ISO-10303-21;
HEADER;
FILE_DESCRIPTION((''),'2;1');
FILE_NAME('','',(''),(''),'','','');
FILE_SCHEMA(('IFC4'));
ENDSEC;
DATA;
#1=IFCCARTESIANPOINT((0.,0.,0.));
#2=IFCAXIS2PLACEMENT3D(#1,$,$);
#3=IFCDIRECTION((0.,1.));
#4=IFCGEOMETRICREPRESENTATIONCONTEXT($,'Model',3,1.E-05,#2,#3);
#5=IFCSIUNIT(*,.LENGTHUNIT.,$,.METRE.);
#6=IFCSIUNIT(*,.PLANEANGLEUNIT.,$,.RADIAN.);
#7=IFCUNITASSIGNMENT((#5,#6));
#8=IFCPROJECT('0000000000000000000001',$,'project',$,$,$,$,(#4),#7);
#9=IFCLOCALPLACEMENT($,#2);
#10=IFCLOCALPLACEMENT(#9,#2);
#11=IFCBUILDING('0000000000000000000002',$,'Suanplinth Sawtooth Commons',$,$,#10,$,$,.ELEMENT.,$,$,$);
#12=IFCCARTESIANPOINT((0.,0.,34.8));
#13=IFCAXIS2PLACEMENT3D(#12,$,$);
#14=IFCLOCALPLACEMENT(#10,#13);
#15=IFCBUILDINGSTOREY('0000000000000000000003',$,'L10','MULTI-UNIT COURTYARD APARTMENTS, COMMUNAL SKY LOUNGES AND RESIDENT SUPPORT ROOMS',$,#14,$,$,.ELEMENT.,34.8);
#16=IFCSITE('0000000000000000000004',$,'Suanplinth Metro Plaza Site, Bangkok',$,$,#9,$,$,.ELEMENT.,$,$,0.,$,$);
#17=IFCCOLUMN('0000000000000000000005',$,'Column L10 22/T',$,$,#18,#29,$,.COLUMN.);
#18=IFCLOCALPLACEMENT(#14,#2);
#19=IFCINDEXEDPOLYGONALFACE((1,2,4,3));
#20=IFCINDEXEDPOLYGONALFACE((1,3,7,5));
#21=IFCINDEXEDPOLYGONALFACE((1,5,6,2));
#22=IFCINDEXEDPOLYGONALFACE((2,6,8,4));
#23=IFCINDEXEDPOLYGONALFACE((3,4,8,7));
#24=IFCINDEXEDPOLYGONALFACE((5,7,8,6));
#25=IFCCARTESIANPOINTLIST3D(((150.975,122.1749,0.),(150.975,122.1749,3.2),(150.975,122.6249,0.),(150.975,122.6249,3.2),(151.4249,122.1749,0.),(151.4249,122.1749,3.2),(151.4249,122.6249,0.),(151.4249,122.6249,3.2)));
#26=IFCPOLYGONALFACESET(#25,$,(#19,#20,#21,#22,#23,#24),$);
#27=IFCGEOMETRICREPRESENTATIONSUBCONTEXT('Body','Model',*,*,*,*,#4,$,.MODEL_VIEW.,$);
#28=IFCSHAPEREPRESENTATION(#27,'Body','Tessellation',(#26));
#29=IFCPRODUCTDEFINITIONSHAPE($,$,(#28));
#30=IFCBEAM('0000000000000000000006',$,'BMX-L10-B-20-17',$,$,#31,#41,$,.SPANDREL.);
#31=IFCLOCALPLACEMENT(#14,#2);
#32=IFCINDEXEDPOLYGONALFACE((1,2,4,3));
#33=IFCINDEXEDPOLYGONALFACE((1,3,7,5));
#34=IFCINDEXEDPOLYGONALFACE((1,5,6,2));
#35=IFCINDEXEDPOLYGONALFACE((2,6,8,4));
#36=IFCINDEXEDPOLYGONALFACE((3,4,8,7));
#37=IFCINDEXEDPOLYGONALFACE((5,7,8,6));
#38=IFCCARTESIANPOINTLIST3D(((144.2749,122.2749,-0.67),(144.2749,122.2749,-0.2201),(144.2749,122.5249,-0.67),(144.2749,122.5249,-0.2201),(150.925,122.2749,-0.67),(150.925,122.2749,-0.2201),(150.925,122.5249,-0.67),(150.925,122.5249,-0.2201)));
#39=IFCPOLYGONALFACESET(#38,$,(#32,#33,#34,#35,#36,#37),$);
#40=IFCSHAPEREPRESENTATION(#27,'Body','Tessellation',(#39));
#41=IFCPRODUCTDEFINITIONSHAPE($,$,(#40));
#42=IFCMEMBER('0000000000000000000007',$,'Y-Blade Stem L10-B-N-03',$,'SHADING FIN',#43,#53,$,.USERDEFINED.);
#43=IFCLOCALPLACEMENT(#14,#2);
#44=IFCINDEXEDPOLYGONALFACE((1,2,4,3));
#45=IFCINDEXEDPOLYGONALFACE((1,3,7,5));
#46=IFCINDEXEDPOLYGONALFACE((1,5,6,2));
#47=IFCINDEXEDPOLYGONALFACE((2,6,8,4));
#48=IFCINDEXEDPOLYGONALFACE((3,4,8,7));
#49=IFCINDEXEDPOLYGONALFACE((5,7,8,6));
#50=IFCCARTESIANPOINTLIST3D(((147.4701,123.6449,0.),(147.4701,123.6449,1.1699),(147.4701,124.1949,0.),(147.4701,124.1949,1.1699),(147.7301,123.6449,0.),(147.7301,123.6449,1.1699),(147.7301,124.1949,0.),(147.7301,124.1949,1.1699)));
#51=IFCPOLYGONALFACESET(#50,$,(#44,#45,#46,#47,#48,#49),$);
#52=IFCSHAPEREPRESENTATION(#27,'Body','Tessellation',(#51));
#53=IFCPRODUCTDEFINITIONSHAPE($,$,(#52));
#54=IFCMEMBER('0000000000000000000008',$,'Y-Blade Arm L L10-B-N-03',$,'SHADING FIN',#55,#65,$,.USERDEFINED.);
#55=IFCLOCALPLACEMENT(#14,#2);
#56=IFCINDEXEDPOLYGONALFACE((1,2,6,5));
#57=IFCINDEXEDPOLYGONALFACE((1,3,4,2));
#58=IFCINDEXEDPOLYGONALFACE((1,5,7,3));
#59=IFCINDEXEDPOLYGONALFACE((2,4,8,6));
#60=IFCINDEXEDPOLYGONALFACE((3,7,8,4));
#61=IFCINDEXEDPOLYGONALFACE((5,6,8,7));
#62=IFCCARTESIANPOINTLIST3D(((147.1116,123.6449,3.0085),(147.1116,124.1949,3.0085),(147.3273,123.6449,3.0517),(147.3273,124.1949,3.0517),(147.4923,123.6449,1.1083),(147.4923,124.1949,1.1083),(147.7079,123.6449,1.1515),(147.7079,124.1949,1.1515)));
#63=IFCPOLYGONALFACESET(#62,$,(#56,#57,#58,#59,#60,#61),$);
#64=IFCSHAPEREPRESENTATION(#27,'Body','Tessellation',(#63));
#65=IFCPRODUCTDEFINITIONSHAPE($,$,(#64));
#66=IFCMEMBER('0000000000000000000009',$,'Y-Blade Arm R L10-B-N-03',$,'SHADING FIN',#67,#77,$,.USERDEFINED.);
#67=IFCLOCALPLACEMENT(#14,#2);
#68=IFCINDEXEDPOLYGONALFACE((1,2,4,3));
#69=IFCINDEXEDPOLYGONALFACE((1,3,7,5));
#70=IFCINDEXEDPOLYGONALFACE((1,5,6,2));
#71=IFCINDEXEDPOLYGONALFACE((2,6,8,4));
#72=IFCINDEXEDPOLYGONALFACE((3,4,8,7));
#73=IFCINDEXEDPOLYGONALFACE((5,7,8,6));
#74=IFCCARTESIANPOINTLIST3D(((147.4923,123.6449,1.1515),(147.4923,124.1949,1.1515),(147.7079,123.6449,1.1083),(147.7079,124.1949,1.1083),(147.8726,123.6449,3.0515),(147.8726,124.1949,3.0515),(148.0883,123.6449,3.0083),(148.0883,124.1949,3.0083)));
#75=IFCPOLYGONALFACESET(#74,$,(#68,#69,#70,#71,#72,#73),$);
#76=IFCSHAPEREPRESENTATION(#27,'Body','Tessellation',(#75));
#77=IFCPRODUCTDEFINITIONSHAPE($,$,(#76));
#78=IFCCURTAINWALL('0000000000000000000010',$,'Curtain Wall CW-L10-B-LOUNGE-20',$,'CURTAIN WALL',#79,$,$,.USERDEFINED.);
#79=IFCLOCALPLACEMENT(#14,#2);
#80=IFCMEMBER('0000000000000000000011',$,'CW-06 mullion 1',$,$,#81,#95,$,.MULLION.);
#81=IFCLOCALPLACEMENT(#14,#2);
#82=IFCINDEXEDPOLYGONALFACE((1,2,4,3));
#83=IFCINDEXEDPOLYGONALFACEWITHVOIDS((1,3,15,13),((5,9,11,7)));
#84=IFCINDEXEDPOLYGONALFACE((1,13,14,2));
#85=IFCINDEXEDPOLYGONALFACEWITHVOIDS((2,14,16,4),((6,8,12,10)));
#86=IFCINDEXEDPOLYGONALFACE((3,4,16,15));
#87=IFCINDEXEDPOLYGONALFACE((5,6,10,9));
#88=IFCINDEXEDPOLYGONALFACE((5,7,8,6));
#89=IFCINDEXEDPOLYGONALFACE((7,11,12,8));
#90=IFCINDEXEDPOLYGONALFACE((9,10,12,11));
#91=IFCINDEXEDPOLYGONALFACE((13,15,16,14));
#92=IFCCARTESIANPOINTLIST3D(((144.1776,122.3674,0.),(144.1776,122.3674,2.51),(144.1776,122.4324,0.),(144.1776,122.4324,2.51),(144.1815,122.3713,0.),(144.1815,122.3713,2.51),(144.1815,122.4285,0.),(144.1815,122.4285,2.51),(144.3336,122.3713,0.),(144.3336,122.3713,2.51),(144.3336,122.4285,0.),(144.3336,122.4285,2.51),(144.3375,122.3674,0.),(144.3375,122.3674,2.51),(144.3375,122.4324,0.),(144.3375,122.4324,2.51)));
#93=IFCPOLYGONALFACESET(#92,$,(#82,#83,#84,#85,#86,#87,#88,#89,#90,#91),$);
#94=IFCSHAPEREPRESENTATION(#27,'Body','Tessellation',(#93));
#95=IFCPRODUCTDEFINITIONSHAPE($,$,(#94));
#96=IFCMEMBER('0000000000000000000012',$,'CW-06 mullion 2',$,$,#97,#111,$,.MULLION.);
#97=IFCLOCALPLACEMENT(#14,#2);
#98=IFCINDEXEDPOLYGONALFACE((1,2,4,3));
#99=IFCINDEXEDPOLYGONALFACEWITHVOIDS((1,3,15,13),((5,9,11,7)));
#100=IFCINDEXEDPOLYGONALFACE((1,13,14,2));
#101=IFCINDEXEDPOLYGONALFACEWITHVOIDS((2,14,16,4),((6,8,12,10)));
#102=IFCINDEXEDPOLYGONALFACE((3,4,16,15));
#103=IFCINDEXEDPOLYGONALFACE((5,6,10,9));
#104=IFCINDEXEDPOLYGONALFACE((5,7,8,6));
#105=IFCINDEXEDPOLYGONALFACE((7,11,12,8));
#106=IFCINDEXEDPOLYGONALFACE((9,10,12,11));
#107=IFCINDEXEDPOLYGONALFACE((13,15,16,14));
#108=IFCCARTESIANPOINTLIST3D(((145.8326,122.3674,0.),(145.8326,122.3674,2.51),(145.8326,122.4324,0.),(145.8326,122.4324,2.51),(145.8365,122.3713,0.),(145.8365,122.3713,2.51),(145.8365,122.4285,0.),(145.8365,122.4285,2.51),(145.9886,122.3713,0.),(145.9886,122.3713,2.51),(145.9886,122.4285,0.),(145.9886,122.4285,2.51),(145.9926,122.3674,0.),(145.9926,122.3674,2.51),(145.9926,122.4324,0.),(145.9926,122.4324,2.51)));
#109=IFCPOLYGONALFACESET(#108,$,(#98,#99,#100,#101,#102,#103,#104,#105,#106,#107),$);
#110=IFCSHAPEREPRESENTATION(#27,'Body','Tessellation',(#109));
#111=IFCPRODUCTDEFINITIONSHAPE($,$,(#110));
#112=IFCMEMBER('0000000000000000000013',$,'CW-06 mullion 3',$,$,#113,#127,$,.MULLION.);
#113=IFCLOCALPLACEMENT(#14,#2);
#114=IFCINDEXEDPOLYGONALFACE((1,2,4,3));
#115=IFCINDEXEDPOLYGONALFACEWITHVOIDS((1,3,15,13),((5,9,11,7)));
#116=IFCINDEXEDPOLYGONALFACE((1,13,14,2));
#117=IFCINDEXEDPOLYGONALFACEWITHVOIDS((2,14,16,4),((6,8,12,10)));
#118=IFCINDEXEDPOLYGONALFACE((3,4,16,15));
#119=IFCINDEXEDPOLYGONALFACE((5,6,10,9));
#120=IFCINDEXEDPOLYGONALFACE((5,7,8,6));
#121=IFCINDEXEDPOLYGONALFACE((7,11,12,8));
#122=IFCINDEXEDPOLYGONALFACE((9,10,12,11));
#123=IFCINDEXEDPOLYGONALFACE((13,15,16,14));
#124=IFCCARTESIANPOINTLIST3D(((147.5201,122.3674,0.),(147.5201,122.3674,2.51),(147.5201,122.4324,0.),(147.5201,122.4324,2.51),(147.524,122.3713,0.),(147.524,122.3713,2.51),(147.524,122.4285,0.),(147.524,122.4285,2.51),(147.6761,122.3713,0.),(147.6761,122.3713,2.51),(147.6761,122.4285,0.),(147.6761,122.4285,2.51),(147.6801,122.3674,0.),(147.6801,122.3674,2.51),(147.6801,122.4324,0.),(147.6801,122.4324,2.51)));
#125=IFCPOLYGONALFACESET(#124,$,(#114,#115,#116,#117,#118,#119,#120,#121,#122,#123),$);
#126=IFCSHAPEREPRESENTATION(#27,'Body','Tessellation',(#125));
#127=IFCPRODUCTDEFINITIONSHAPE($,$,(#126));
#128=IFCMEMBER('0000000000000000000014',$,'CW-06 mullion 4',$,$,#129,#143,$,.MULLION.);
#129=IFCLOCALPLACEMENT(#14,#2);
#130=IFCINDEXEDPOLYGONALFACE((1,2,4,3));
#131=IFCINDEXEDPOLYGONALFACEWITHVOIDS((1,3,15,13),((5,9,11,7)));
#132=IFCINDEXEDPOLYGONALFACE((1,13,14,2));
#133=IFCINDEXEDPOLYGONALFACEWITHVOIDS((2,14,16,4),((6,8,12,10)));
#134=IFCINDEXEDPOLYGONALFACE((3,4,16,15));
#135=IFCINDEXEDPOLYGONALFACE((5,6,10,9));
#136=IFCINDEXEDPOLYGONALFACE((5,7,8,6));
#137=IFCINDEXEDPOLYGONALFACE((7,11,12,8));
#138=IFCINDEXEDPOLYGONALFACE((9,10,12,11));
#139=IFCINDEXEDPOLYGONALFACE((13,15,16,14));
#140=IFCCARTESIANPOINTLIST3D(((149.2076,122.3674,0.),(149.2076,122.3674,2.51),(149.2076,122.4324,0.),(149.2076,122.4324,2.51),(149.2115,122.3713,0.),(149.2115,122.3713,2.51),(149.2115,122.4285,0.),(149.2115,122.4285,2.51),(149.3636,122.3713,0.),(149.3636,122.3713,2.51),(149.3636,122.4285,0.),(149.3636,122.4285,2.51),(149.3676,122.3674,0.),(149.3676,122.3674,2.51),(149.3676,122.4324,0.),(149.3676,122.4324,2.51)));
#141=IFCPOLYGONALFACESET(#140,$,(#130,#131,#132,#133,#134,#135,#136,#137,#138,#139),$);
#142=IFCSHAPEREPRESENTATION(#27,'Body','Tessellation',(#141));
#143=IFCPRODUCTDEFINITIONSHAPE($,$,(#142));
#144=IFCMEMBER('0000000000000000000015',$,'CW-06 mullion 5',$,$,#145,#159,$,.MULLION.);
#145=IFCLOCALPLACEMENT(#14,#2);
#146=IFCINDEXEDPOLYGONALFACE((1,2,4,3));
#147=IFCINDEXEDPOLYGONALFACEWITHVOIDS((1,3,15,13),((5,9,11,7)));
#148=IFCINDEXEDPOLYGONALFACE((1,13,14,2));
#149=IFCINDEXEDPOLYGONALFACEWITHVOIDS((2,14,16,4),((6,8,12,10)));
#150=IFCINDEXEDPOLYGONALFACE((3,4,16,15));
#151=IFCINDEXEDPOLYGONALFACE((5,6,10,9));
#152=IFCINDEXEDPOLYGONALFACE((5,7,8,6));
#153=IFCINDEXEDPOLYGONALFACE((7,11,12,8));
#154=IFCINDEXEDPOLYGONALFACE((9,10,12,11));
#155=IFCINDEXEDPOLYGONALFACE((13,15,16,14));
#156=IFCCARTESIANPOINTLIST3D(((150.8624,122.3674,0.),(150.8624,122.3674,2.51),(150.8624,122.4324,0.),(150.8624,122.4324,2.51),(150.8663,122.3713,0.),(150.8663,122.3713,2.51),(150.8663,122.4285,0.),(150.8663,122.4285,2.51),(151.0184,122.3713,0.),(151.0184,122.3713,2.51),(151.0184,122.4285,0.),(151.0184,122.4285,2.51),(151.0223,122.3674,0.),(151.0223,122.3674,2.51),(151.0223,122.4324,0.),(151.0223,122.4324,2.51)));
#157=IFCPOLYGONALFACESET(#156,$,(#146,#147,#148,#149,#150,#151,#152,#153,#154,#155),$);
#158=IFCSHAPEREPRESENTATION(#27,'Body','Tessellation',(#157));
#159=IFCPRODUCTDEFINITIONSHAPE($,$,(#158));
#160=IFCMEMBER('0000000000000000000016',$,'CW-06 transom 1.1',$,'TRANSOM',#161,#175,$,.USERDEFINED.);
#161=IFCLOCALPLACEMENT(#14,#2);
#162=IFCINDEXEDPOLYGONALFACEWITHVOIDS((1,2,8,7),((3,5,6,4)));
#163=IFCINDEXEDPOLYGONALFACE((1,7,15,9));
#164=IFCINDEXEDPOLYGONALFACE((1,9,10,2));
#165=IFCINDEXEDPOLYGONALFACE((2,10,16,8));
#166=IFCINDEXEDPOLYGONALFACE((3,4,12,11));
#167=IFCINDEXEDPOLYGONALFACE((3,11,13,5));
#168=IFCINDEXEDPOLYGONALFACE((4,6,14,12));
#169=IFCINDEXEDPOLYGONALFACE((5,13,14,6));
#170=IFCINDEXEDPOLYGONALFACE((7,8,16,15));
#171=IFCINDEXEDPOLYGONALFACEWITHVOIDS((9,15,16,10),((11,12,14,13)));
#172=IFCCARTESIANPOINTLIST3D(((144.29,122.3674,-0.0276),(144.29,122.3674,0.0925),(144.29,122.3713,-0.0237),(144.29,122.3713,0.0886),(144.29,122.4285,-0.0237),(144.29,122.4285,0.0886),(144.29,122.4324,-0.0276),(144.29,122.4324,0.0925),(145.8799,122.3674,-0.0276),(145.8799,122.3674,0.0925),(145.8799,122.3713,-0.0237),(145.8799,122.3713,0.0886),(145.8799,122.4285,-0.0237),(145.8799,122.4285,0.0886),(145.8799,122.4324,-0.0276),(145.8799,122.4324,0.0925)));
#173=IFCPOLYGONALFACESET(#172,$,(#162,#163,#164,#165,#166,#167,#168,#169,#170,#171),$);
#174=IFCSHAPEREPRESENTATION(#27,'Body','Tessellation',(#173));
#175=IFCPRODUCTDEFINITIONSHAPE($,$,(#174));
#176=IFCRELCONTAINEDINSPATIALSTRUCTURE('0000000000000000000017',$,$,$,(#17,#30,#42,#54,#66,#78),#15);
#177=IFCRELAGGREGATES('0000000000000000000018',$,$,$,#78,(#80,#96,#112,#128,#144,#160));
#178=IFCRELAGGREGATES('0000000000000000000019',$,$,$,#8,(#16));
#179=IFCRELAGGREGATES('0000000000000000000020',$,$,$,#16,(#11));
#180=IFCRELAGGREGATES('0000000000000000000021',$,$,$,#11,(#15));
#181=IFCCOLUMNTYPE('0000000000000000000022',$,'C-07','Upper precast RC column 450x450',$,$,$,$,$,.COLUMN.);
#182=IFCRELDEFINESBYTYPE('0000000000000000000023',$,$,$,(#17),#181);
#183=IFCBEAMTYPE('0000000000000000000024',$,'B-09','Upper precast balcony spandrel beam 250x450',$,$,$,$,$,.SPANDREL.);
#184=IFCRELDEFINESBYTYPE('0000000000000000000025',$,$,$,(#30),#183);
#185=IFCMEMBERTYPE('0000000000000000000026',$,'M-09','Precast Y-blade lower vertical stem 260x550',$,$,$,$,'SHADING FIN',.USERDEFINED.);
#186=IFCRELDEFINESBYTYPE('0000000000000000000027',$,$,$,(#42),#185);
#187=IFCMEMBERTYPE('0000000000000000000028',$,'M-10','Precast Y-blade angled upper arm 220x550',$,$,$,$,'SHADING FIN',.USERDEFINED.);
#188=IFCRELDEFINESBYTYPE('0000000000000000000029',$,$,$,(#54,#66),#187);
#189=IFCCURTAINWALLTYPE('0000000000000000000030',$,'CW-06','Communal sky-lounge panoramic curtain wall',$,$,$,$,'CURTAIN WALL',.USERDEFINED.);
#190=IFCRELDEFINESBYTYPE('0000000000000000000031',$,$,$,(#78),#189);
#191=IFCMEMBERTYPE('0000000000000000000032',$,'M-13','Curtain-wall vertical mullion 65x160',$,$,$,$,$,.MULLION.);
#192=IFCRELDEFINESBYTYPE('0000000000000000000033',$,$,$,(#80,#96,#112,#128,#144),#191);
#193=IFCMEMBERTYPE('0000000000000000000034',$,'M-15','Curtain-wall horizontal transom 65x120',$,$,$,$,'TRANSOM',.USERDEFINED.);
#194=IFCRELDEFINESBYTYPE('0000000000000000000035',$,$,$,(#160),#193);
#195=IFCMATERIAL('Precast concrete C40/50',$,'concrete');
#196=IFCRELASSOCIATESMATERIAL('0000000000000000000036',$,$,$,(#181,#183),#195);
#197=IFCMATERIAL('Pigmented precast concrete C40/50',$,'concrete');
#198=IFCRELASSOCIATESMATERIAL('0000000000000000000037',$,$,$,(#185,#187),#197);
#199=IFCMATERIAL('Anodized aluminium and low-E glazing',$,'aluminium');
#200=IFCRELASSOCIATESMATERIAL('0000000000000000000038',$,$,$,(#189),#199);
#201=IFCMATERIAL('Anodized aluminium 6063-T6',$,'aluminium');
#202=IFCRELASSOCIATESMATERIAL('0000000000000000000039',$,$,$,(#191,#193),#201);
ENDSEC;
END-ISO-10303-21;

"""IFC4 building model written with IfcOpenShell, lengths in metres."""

from ifc_helpers import new_model, si_unit, direction, frame, origin, origin_2d, place, context, subcontext, project, spatial, rectangle, hollow_rectangle, extrude, material, material_profile, profile_set, type_object, element, aggregate, save


model = new_model("IFC4")

# Units and contexts
model_context = context("Model", 3, precision=1e-05, world=origin(), true_north=direction((0.0, 1.0)))
body_context = subcontext(model_context, "Body", "Model", "MODEL_VIEW")
ifc_project = project(units=[si_unit("LENGTHUNIT", "METRE"), si_unit("PLANEANGLEUNIT", "RADIAN")], contexts=[model_context])

# Site, building, storey
site_placement = place(None, origin())
site = spatial("IfcSite", under=ifc_project, at=site_placement, Name="Suanplinth Metro Plaza Site, Bangkok", CompositionType="ELEMENT", RefElevation=0.0)
building_placement = place(site_placement, origin())
building = spatial("IfcBuilding", under=site, at=building_placement, Name="Suanplinth Sawtooth Commons", CompositionType="ELEMENT")
storey_placement = place(building_placement, frame((0.0, 0.0, 34.8)))
storey = spatial("IfcBuildingStorey", under=building, at=storey_placement, Name="L10", Description="MULTI-UNIT COURTYARD APARTMENTS, COMMUNAL SKY LOUNGES AND RESIDENT SUPPORT ROOMS", CompositionType="ELEMENT", Elevation=34.8)

# Column
ifc_material_1 = material(Name="Precast concrete C40/50", Category="concrete")
ifc_material_profile_1 = material_profile(ifc_material_1, rectangle(XDim=0.45, YDim=0.45, at=origin_2d()), Name="PC-COL 450x450")
ifc_profile_set_1 = profile_set([ifc_material_profile_1], Name="Precast concrete C40/50")
column_type = type_object("IfcColumnType", Name="C-07", Description="Upper precast RC column 450x450", PredefinedType="COLUMN", material=ifc_profile_set_1)
column_placement = place(storey_placement, frame((151.2, 122.3999, 0.0), z_axis=(0.0, 0.0, 1.0), x_axis=(1.0, 0.0, 0.0)))
element("IfcColumn", 1, at=column_placement, inside=storey, type_object=column_type, Name="Column L10 22/T", PredefinedType="COLUMN", context=body_context, shape_type="SweptSolid", body=[
    extrude(rectangle(XDim=0.45, YDim=0.45, at=origin_2d()), origin(), (0.0, 0.0, 1.0), 3.2),
])

# Beam
ifc_material_profile_2 = material_profile(ifc_material_1, rectangle(XDim=0.25, YDim=0.45, at=origin_2d()), Name="PC-SP 250x450")
ifc_profile_set_2 = profile_set([ifc_material_profile_2], Name="Precast concrete C40/50")
beam_type = type_object("IfcBeamType", Name="B-09", Description="Upper precast balcony spandrel beam 250x450", PredefinedType="SPANDREL", material=ifc_profile_set_2)
beam_placement = place(storey_placement, frame((144.2749, 122.3999, -0.4451), z_axis=(1.0, 0.0, 0.0), x_axis=(0.0, 1.0, 0.0)))
element("IfcBeam", 2, at=beam_placement, inside=storey, type_object=beam_type, Name="BMX-L10-B-20-17", PredefinedType="SPANDREL", context=body_context, shape_type="SweptSolid", body=[
    extrude(rectangle(XDim=0.25, YDim=0.45, at=origin_2d()), origin(), (0.0, 0.0, 1.0), 6.6501),
])

# Members
ifc_material_2 = material(Name="Pigmented precast concrete C40/50", Category="concrete")
ifc_material_profile_3 = material_profile(ifc_material_2, rectangle(XDim=0.26, YDim=0.55, at=origin_2d()), Name="PC-FIN 260x550")
ifc_profile_set_3 = profile_set([ifc_material_profile_3], Name="Pigmented precast concrete C40/50")
member_type_1 = type_object("IfcMemberType", Name="M-09", Description="Precast Y-blade lower vertical stem 260x550", ElementType="SHADING FIN", PredefinedType="USERDEFINED", material=ifc_profile_set_3)
member_1_placement = place(storey_placement, frame((147.6001, 123.9199, 0.0), z_axis=(0.0, 0.0, 1.0), x_axis=(1.0, 0.0, 0.0)))
element("IfcMember", 3, at=member_1_placement, inside=storey, type_object=member_type_1, Name="Y-Blade Stem L10-B-N-03", ObjectType="SHADING FIN", PredefinedType="USERDEFINED", context=body_context, shape_type="SweptSolid", body=[
    extrude(rectangle(XDim=0.26, YDim=0.55, at=origin_2d()), origin(), (0.0, 0.0, 1.0), 1.1699),
])
ifc_material_profile_4 = material_profile(ifc_material_2, rectangle(XDim=0.22, YDim=0.55, at=origin_2d()), Name="PC-FIN 220x550")
ifc_profile_set_4 = profile_set([ifc_material_profile_4], Name="Pigmented precast concrete C40/50")
member_type_2 = type_object("IfcMemberType", Name="M-10", Description="Precast Y-blade angled upper arm 220x550", ElementType="SHADING FIN", PredefinedType="USERDEFINED", material=ifc_profile_set_4)
member_2_placement = place(storey_placement, frame((147.6001, 123.9199, 1.1299), z_axis=(-0.196407, 0.0, 0.980522), x_axis=(0.980522, 0.0, 0.196407)))
element("IfcMember", 4, at=member_2_placement, inside=storey, type_object=member_type_2, Name="Y-Blade Arm L L10-B-N-03", ObjectType="SHADING FIN", PredefinedType="USERDEFINED", context=body_context, shape_type="SweptSolid", body=[
    extrude(rectangle(XDim=0.22, YDim=0.55, at=origin_2d()), origin(), (0.0, 0.0, 1.0), 1.938),
])
member_3_placement = place(storey_placement, frame((147.6001, 123.9199, 1.1299), z_axis=(0.196286, 0.0, 0.980547), x_axis=(-0.980547, 0.0, 0.196286)))
element("IfcMember", 5, at=member_3_placement, inside=storey, type_object=member_type_2, Name="Y-Blade Arm R L10-B-N-03", ObjectType="SHADING FIN", PredefinedType="USERDEFINED", context=body_context, shape_type="SweptSolid", body=[
    extrude(rectangle(XDim=0.22, YDim=0.55, at=origin_2d()), origin(), (0.0, 0.0, 1.0), 1.9377),
])

# Curtain wall, members
ifc_material_3 = material(Name="Anodized aluminium and low-E glazing", Category="aluminium")
curtain_wall_type = type_object("IfcCurtainWallType", Name="CW-06", Description="Communal sky-lounge panoramic curtain wall", ElementType="CURTAIN WALL", PredefinedType="USERDEFINED", material=ifc_material_3)
curtain_wall_placement = place(storey_placement, origin())
curtain_wall = element("IfcCurtainWall", 6, at=curtain_wall_placement, inside=storey, type_object=curtain_wall_type, Name="Curtain Wall CW-L10-B-LOUNGE-20", ObjectType="CURTAIN WALL", PredefinedType="USERDEFINED")
ifc_material_4 = material(Name="Anodized aluminium 6063-T6", Category="aluminium")
ifc_material_profile_5 = material_profile(ifc_material_4, hollow_rectangle(XDim=0.0649, YDim=0.1599, WallThickness=0.0039, at=origin_2d()), Name="ALU-MUL 65x160")
ifc_profile_set_5 = profile_set([ifc_material_profile_5], Name="Anodized aluminium 6063-T6")
member_type_3 = type_object("IfcMemberType", Name="M-13", Description="Curtain-wall vertical mullion 65x160", PredefinedType="MULLION", material=ifc_profile_set_5)
member_4_placement = place(storey_placement, frame((144.2576, 122.3999, 0.0), z_axis=(0.0, 0.0, 1.0), x_axis=(0.0, 1.0, 0.0)))
member_4 = element("IfcMember", 7, at=member_4_placement, type_object=member_type_3, Name="CW-06 mullion 1", PredefinedType="MULLION", context=body_context, shape_type="SweptSolid", body=[
    extrude(hollow_rectangle(XDim=0.0649, YDim=0.1599, WallThickness=0.0039, at=origin_2d()), origin(), (0.0, 0.0, 1.0), 2.51),
])
member_5_placement = place(storey_placement, frame((145.9126, 122.3999, 0.0), z_axis=(0.0, 0.0, 1.0), x_axis=(0.0, 1.0, 0.0)))
member_5 = element("IfcMember", 8, at=member_5_placement, type_object=member_type_3, Name="CW-06 mullion 2", PredefinedType="MULLION", context=body_context, shape_type="SweptSolid", body=[
    extrude(hollow_rectangle(XDim=0.0649, YDim=0.1599, WallThickness=0.0039, at=origin_2d()), origin(), (0.0, 0.0, 1.0), 2.51),
])
member_6_placement = place(storey_placement, frame((147.6001, 122.3999, 0.0), z_axis=(0.0, 0.0, 1.0), x_axis=(0.0, 1.0, 0.0)))
member_6 = element("IfcMember", 9, at=member_6_placement, type_object=member_type_3, Name="CW-06 mullion 3", PredefinedType="MULLION", context=body_context, shape_type="SweptSolid", body=[
    extrude(hollow_rectangle(XDim=0.0649, YDim=0.1599, WallThickness=0.0039, at=origin_2d()), origin(), (0.0, 0.0, 1.0), 2.51),
])
member_7_placement = place(storey_placement, frame((149.2876, 122.3999, 0.0), z_axis=(0.0, 0.0, 1.0), x_axis=(0.0, 1.0, 0.0)))
member_7 = element("IfcMember", 10, at=member_7_placement, type_object=member_type_3, Name="CW-06 mullion 4", PredefinedType="MULLION", context=body_context, shape_type="SweptSolid", body=[
    extrude(hollow_rectangle(XDim=0.0649, YDim=0.1599, WallThickness=0.0039, at=origin_2d()), origin(), (0.0, 0.0, 1.0), 2.51),
])
member_8_placement = place(storey_placement, frame((150.9424, 122.3999, 0.0), z_axis=(0.0, 0.0, 1.0), x_axis=(0.0, 1.0, 0.0)))
member_8 = element("IfcMember", 11, at=member_8_placement, type_object=member_type_3, Name="CW-06 mullion 5", PredefinedType="MULLION", context=body_context, shape_type="SweptSolid", body=[
    extrude(hollow_rectangle(XDim=0.0649, YDim=0.1599, WallThickness=0.0039, at=origin_2d()), origin(), (0.0, 0.0, 1.0), 2.51),
])
ifc_material_profile_6 = material_profile(ifc_material_4, hollow_rectangle(XDim=0.0649, YDim=0.1201, WallThickness=0.0039, at=origin_2d()), Name="ALU-TRN 65x120")
ifc_profile_set_6 = profile_set([ifc_material_profile_6], Name="Anodized aluminium 6063-T6")
member_type_4 = type_object("IfcMemberType", Name="M-15", Description="Curtain-wall horizontal transom 65x120", ElementType="TRANSOM", PredefinedType="USERDEFINED", material=ifc_profile_set_6)
member_9_placement = place(storey_placement, frame((144.29, 122.3999, 0.0325), z_axis=(1.0, 0.0, 0.0), x_axis=(0.0, 1.0, 0.0)))
member_9 = element("IfcMember", 12, at=member_9_placement, type_object=member_type_4, Name="CW-06 transom 1.1", ObjectType="TRANSOM", PredefinedType="USERDEFINED", context=body_context, shape_type="SweptSolid", body=[
    extrude(hollow_rectangle(XDim=0.0649, YDim=0.1201, WallThickness=0.0039, at=origin_2d()), origin(), (0.0, 0.0, 1.0), 1.5898),
])

aggregate(curtain_wall, [member_4, member_5, member_6, member_7, member_8, member_9])

save(model, "model.ifc")
